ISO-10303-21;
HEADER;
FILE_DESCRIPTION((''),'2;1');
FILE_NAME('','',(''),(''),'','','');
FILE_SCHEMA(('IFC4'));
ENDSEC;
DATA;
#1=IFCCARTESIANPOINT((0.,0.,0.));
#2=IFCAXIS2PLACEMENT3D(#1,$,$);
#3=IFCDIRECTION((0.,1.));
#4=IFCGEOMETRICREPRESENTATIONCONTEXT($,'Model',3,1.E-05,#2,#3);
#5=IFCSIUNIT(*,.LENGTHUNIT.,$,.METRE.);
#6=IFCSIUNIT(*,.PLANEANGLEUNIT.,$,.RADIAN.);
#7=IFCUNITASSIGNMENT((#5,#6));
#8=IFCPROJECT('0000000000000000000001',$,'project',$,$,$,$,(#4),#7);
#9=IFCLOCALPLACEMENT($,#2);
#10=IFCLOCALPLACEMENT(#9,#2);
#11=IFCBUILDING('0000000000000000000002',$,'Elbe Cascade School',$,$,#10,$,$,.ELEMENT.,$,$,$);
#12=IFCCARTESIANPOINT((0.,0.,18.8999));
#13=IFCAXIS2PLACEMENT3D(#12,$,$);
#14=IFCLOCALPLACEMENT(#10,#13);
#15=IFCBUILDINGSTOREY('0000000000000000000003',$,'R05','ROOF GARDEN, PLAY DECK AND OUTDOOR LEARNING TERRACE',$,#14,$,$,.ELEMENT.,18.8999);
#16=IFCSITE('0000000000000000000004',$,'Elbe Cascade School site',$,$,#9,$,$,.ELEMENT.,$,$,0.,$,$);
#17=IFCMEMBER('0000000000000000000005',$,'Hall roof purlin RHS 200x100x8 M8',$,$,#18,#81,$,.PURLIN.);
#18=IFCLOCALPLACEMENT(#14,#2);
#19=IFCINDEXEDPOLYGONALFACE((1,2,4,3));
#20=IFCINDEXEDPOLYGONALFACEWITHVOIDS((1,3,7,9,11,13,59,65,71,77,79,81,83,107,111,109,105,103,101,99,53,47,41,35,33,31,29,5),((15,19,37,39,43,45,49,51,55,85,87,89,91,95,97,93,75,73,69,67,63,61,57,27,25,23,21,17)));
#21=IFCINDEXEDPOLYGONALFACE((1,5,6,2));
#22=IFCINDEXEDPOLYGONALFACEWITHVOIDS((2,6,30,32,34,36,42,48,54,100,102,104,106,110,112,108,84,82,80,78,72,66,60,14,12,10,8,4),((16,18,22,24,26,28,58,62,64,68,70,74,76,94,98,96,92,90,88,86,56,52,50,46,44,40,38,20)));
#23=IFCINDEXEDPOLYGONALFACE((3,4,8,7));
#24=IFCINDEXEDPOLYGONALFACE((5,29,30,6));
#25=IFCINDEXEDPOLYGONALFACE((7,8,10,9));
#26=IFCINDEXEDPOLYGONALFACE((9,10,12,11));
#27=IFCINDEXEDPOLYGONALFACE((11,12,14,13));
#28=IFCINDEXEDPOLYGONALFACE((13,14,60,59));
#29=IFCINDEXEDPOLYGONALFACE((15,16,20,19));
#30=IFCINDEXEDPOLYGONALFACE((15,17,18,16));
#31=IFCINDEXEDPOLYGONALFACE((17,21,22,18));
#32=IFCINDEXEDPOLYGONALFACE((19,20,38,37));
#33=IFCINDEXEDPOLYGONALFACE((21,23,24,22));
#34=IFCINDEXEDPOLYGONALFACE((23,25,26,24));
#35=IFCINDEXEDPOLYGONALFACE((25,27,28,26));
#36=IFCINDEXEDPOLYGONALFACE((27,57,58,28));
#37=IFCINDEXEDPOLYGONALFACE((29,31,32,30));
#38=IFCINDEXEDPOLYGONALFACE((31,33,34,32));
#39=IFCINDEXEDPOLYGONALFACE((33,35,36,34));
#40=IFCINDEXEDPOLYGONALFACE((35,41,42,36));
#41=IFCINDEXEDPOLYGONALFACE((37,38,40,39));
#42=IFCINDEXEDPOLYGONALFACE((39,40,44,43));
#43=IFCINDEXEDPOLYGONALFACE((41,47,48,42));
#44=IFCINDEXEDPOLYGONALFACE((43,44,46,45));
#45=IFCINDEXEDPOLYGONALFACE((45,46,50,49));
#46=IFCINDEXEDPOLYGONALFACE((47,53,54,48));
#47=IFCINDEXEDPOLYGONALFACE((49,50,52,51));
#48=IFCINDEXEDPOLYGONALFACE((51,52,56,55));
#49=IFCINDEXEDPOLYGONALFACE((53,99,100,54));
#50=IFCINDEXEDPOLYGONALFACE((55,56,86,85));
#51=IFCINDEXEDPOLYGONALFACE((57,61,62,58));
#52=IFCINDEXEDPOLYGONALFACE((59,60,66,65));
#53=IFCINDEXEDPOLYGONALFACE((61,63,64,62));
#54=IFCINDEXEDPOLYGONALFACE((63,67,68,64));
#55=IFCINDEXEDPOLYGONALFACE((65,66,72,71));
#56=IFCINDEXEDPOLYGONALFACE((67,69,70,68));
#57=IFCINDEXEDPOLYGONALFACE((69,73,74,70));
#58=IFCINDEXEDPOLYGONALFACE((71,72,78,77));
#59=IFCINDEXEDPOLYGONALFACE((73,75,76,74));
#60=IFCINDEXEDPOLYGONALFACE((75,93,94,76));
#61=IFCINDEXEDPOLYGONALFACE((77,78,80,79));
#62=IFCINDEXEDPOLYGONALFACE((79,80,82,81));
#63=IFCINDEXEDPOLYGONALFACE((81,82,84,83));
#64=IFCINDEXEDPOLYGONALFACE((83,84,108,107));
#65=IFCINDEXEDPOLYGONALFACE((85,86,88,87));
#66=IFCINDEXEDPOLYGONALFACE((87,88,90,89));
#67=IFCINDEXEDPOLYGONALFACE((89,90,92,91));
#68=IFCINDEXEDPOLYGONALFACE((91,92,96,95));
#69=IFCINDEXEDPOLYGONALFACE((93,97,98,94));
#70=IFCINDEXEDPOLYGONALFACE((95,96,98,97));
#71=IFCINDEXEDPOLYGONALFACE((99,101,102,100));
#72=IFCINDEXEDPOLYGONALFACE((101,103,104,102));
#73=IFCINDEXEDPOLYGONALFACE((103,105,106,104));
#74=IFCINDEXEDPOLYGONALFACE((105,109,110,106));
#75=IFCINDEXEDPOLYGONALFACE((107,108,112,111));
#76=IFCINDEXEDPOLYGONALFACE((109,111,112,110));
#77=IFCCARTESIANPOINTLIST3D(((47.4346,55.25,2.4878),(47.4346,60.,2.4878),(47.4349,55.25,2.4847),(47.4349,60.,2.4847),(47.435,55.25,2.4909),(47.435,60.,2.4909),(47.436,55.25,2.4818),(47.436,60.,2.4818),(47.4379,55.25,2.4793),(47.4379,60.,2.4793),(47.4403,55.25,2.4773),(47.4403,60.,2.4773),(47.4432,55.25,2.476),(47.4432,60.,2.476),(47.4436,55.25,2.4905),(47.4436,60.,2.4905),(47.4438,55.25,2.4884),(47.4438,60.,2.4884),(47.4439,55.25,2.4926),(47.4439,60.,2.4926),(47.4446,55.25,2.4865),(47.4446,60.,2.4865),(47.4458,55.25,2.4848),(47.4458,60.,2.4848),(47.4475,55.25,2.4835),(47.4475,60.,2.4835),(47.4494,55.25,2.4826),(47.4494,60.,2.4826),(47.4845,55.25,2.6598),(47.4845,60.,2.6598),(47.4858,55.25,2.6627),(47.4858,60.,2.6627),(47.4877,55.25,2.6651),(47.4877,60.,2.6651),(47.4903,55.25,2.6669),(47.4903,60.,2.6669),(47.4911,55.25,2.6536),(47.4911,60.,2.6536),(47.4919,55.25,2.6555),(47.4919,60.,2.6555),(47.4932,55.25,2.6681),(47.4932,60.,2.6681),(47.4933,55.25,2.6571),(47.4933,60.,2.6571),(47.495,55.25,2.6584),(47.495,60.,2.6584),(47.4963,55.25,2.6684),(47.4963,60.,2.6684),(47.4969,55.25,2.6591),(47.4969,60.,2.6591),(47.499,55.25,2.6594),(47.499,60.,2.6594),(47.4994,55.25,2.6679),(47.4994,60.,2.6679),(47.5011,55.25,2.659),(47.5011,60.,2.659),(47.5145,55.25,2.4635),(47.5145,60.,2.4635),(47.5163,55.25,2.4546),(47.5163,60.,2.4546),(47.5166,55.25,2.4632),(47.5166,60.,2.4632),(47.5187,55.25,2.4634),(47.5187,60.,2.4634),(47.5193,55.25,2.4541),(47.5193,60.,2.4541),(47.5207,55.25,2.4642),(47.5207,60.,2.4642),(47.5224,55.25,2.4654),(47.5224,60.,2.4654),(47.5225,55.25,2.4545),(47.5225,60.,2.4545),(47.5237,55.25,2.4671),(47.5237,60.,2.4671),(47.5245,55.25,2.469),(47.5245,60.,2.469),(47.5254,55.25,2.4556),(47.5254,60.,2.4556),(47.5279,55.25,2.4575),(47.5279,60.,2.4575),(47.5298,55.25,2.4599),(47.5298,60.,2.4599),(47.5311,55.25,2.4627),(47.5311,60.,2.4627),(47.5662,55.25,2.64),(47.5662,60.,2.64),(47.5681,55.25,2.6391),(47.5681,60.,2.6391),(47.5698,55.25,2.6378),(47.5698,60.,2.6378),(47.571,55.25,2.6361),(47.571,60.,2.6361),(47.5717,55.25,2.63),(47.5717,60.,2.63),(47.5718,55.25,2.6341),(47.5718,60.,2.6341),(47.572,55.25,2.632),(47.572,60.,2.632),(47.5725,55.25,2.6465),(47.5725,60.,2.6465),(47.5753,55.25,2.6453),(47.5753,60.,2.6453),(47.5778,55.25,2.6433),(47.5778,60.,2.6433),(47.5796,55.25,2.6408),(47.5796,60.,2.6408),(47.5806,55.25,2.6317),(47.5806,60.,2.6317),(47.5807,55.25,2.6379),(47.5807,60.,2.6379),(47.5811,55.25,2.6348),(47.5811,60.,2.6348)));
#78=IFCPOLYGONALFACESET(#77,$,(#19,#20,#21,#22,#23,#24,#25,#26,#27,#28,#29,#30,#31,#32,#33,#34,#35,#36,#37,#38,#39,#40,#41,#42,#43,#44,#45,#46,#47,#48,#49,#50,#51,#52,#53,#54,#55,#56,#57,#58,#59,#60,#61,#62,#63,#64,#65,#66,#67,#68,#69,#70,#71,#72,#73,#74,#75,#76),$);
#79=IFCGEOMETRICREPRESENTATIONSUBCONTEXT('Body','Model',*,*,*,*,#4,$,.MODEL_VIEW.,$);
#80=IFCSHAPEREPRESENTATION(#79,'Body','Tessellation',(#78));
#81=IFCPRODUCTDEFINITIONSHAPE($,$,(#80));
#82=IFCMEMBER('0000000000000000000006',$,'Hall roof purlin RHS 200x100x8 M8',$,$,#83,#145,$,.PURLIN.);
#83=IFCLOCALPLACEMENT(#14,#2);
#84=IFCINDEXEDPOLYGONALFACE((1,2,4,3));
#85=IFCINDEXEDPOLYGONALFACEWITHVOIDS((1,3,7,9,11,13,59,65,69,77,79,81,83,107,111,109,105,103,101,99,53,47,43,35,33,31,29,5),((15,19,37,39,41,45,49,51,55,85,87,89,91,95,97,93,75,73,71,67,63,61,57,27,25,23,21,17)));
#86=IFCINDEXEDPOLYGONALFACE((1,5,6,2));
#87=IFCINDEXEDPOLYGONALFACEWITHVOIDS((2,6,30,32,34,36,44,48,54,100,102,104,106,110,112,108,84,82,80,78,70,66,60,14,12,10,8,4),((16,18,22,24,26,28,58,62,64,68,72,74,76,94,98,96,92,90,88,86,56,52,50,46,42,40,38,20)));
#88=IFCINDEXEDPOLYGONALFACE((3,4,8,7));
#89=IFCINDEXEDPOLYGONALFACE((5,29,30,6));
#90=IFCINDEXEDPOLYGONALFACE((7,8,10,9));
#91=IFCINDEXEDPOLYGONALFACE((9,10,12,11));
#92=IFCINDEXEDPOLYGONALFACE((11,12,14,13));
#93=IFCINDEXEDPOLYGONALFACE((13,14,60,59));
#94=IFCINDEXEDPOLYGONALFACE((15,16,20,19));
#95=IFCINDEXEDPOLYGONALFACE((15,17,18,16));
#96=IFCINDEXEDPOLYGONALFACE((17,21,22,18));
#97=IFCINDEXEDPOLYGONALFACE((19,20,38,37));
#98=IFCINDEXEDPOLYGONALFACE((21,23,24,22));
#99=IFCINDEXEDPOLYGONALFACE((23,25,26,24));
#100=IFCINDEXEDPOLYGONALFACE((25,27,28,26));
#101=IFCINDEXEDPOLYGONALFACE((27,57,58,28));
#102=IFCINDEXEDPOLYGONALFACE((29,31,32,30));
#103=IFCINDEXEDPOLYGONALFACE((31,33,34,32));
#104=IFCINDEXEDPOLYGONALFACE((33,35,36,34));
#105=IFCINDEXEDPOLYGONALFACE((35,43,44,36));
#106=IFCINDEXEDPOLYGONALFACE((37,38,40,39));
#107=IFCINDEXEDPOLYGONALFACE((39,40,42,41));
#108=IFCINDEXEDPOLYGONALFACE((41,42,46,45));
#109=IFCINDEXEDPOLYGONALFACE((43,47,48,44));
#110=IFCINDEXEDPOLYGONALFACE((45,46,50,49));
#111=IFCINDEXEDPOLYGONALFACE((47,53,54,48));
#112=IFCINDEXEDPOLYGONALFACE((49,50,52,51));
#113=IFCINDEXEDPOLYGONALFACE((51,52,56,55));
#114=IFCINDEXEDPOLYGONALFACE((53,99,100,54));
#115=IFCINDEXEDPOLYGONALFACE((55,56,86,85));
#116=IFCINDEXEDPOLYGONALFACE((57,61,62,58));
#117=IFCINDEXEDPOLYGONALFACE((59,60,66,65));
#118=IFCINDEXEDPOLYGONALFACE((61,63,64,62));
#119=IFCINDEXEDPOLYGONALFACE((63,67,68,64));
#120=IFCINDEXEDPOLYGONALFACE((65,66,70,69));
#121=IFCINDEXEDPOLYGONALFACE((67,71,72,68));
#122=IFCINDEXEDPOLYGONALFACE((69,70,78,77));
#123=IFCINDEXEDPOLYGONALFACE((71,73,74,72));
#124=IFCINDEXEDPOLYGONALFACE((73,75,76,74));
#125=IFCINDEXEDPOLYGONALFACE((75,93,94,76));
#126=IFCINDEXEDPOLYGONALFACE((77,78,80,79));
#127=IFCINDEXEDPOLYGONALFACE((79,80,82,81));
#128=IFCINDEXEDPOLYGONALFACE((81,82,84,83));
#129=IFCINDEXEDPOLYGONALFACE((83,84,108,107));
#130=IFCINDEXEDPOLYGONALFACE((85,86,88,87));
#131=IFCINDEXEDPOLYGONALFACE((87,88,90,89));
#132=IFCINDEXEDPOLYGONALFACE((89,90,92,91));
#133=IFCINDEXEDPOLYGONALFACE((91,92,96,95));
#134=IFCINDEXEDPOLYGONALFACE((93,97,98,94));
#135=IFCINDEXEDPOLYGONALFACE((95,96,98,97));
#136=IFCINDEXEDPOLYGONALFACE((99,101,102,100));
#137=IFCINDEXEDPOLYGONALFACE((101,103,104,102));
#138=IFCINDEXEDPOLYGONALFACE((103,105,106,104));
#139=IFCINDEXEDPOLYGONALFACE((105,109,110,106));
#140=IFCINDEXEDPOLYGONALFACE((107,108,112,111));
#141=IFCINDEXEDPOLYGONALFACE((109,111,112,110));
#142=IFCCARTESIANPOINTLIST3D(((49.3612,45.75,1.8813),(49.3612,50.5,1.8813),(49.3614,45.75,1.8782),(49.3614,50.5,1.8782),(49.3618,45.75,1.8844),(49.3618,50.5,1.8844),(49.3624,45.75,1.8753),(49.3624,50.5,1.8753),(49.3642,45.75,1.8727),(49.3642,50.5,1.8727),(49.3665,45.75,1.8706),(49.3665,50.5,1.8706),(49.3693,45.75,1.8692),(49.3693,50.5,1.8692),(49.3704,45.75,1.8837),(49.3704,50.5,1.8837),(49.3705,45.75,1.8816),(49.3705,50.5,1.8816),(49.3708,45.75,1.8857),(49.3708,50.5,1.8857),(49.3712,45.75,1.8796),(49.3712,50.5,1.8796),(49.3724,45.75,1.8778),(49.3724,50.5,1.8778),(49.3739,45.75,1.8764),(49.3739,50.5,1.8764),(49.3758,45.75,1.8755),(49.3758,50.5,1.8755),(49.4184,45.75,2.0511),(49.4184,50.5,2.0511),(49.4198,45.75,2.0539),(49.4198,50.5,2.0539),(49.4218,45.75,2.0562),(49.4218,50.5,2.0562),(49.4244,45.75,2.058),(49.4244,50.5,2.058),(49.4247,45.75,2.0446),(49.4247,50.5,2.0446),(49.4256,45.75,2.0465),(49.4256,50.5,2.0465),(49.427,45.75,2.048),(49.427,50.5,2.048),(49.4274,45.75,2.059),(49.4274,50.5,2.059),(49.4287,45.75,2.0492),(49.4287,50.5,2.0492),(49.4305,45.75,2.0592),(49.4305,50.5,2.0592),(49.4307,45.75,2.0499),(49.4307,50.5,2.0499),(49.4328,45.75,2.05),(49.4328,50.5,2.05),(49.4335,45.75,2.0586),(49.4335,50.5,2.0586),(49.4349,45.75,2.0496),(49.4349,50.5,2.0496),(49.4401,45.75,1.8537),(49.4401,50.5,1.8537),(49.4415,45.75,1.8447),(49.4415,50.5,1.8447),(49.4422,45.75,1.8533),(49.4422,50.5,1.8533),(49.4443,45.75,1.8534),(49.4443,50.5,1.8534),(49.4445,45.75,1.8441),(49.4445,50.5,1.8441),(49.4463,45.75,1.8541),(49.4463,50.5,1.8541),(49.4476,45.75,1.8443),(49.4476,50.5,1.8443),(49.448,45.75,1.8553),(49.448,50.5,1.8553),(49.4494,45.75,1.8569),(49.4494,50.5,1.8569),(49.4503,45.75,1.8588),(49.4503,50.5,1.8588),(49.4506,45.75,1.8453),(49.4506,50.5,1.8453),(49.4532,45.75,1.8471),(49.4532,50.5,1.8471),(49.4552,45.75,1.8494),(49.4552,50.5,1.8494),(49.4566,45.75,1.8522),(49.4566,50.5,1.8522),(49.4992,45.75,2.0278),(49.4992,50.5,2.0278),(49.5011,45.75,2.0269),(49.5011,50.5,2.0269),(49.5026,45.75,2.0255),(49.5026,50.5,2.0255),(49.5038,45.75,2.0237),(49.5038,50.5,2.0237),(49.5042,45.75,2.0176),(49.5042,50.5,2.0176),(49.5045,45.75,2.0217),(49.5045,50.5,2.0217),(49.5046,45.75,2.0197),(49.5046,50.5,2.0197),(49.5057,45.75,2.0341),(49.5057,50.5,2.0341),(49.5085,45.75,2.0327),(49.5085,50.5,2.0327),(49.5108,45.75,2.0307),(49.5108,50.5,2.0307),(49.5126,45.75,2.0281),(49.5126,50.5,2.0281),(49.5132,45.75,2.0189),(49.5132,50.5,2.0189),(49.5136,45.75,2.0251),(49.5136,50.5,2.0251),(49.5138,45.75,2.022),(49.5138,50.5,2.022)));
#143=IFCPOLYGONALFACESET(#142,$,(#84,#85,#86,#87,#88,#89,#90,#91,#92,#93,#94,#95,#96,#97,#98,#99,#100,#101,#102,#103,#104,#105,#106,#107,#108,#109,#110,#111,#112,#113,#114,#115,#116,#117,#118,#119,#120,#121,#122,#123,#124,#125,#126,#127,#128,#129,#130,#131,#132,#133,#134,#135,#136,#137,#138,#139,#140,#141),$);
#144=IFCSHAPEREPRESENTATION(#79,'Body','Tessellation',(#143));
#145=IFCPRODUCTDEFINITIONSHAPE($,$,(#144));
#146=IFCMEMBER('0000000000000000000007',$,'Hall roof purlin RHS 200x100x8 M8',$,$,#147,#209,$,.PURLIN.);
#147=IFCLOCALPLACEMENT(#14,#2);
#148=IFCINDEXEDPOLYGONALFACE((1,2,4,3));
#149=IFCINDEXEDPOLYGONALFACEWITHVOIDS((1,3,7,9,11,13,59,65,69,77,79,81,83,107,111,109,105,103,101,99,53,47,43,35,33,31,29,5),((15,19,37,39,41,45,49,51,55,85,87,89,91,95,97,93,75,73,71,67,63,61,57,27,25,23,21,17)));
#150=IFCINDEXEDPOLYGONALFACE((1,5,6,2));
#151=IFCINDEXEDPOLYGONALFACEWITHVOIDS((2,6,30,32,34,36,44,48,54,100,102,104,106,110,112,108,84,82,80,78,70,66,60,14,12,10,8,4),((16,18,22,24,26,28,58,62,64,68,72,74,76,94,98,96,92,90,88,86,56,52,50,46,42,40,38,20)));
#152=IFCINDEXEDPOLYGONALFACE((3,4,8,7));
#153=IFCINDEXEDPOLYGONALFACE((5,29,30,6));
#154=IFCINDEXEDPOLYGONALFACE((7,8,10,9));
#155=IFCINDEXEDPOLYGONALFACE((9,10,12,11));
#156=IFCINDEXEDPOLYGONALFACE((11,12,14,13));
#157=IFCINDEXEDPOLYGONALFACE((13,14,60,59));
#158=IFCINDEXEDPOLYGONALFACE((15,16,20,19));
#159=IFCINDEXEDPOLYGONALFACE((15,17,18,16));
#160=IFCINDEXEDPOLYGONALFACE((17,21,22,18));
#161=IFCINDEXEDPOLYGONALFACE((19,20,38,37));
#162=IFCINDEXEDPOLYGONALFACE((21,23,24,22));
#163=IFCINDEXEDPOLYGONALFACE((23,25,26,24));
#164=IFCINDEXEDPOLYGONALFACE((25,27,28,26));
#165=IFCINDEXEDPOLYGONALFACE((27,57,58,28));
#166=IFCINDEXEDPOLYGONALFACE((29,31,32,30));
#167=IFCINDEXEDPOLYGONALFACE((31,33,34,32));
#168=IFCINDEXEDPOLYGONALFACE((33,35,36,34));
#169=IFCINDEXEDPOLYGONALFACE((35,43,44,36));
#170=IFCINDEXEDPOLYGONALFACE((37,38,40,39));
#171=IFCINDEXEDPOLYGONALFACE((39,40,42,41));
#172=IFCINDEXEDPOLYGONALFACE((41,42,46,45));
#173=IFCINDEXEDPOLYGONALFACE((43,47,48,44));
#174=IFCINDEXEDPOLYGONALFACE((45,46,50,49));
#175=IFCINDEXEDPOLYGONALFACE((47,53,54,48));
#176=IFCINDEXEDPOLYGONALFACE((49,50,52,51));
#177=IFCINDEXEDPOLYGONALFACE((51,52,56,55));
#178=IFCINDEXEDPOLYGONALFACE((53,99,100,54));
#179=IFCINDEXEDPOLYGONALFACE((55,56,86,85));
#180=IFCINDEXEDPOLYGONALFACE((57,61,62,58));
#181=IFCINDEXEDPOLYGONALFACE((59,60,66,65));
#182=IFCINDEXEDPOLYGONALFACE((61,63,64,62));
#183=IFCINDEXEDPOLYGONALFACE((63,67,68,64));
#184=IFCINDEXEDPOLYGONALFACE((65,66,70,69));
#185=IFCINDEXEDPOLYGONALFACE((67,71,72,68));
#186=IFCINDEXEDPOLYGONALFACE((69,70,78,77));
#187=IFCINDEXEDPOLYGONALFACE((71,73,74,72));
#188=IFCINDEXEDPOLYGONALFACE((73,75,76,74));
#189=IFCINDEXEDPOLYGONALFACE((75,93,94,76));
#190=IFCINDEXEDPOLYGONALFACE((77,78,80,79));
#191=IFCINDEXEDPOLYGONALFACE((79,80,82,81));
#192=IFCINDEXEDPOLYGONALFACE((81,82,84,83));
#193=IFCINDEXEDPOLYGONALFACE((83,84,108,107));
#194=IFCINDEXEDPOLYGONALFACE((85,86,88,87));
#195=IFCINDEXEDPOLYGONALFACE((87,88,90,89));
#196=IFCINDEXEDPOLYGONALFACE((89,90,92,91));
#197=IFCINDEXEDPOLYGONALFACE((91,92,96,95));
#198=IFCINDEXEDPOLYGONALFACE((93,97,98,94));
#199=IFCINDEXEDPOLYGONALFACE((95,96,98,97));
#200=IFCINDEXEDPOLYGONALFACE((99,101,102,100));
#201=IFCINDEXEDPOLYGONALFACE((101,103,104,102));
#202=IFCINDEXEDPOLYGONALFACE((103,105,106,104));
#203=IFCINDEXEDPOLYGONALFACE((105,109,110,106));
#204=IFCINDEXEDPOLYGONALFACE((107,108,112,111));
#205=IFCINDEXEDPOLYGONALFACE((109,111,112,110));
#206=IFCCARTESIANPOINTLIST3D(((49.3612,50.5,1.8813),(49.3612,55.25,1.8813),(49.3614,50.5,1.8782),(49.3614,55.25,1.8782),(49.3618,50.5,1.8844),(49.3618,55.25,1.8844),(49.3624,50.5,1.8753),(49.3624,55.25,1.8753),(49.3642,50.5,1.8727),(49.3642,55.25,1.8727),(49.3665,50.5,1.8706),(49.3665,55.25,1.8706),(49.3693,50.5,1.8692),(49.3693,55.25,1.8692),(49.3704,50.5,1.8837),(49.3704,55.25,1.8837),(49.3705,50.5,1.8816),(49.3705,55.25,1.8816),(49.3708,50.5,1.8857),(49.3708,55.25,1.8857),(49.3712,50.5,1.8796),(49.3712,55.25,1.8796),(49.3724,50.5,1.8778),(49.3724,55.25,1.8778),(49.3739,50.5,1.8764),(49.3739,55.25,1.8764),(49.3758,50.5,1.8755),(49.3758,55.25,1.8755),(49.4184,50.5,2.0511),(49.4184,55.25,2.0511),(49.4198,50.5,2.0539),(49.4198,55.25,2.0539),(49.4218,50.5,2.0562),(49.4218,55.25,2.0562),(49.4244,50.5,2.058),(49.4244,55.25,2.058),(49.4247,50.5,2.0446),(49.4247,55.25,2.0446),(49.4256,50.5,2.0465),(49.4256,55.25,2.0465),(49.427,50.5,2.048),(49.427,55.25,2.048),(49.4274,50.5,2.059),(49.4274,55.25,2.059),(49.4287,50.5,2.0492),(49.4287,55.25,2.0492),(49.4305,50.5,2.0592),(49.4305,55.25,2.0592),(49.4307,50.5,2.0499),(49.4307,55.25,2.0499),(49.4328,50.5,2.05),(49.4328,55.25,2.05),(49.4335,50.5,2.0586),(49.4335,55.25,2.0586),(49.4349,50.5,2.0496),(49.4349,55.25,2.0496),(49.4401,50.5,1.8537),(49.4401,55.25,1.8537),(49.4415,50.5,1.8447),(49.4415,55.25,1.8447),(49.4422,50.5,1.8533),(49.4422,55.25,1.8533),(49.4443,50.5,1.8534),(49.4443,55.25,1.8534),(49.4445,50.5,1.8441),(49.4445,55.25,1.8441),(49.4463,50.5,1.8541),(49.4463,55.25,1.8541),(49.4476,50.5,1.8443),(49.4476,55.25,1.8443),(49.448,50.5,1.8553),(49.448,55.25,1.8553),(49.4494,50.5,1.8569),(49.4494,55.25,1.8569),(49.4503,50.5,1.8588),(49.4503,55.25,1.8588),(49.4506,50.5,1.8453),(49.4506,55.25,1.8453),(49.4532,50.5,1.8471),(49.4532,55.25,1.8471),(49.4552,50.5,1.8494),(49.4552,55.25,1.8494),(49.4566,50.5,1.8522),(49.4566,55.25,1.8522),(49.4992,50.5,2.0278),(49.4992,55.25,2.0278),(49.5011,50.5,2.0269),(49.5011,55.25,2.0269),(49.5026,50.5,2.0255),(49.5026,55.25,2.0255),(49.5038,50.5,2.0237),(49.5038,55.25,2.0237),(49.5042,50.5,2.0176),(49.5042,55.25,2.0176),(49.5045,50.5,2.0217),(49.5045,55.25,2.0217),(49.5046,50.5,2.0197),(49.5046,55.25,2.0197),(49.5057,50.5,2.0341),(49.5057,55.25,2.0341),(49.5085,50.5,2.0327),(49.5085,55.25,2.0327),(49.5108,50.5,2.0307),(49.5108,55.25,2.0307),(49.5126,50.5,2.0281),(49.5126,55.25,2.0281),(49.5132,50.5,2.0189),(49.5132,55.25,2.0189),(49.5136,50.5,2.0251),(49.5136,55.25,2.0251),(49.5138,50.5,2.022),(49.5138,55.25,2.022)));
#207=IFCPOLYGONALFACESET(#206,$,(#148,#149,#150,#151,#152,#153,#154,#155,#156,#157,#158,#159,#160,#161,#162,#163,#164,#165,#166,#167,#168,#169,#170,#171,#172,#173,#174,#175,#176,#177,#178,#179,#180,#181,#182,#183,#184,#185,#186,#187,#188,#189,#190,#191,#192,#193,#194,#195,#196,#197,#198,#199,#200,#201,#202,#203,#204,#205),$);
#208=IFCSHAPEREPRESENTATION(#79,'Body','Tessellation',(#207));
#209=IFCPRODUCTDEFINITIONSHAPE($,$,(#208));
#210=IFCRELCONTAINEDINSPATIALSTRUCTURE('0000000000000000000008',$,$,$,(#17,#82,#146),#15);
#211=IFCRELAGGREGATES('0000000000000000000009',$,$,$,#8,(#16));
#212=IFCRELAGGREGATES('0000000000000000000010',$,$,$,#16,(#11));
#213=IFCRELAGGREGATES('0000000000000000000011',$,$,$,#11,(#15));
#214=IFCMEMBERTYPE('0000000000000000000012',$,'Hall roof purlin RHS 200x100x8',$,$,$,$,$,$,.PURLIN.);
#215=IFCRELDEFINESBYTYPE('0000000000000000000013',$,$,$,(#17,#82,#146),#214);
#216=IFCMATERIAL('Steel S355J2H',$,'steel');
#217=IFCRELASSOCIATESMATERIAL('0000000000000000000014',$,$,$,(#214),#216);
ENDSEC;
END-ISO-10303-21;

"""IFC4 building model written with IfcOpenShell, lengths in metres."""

from ifc_helpers import new_model, si_unit, direction, frame, origin, origin_2d, place, context, subcontext, project, spatial, hollow_rectangle, extrude, material, material_profile, profile_set, type_object, element, save


model = new_model("IFC4")

# Units and contexts
model_context = context("Model", 3, precision=1e-05, world=origin(), true_north=direction((0.0, 1.0)))
body_context = subcontext(model_context, "Body", "Model", "MODEL_VIEW")
ifc_project = project(units=[si_unit("LENGTHUNIT", "METRE"), si_unit("PLANEANGLEUNIT", "RADIAN")], contexts=[model_context])

# Site, building, storey
site_placement = place(None, origin())
site = spatial("IfcSite", under=ifc_project, at=site_placement, Name="Elbe Cascade School site", CompositionType="ELEMENT", RefElevation=0.0)
building_placement = place(site_placement, origin())
building = spatial("IfcBuilding", under=site, at=building_placement, Name="Elbe Cascade School", CompositionType="ELEMENT")
storey_placement = place(building_placement, frame((0.0, 0.0, 18.8999)))
storey = spatial("IfcBuildingStorey", under=building, at=storey_placement, Name="R05", Description="ROOF GARDEN, PLAY DECK AND OUTDOOR LEARNING TERRACE", CompositionType="ELEMENT", Elevation=18.8999)

# Members
ifc_material_1 = material(Name="Steel S355J2H", Category="steel")
ifc_material_profile_1 = material_profile(ifc_material_1, hollow_rectangle(XDim=0.1001, YDim=0.2, WallThickness=0.0081, InnerFilletRadius=0.0081, OuterFilletRadius=0.012, at=origin_2d()), Name="RHS 200x100x8")
ifc_profile_set_1 = profile_set([ifc_material_profile_1], Name="Steel S355J2H")
member_type_1 = type_object("IfcMemberType", Name="Hall roof purlin RHS 200x100x8", PredefinedType="PURLIN", material=ifc_profile_set_1)
for number, where, z_axis, x_axis, name in (
    (1, (47.5078, 55.25, 2.5613), (0.0, 1.0, 0.0), (-0.959684, 0.0, 0.281081), "Hall roof purlin RHS 200x100x8 M8"),
    (2, (49.4375, 45.75, 1.9517), (0.0, 1.0, 0.0), (-0.946999, 0.0, 0.321236), "Hall roof purlin RHS 200x100x8 M8"),
    (3, (49.4375, 50.5, 1.9517), (0.0, 1.0, 0.0), (-0.946999, 0.0, 0.321236), "Hall roof purlin RHS 200x100x8 M8"),
):
    element("IfcMember", number, at=place(storey_placement, frame(where, z_axis=z_axis, x_axis=x_axis)), inside=storey, type_object=member_type_1, Name=name, PredefinedType="PURLIN", context=body_context, shape_type="SweptSolid", body=[
        extrude(hollow_rectangle(XDim=0.1001, YDim=0.2, WallThickness=0.0081, InnerFilletRadius=0.0081, OuterFilletRadius=0.012, at=origin_2d()), origin(), (0.0, 0.0, 1.0), 4.75),
    ])

save(model, "model.ifc")
